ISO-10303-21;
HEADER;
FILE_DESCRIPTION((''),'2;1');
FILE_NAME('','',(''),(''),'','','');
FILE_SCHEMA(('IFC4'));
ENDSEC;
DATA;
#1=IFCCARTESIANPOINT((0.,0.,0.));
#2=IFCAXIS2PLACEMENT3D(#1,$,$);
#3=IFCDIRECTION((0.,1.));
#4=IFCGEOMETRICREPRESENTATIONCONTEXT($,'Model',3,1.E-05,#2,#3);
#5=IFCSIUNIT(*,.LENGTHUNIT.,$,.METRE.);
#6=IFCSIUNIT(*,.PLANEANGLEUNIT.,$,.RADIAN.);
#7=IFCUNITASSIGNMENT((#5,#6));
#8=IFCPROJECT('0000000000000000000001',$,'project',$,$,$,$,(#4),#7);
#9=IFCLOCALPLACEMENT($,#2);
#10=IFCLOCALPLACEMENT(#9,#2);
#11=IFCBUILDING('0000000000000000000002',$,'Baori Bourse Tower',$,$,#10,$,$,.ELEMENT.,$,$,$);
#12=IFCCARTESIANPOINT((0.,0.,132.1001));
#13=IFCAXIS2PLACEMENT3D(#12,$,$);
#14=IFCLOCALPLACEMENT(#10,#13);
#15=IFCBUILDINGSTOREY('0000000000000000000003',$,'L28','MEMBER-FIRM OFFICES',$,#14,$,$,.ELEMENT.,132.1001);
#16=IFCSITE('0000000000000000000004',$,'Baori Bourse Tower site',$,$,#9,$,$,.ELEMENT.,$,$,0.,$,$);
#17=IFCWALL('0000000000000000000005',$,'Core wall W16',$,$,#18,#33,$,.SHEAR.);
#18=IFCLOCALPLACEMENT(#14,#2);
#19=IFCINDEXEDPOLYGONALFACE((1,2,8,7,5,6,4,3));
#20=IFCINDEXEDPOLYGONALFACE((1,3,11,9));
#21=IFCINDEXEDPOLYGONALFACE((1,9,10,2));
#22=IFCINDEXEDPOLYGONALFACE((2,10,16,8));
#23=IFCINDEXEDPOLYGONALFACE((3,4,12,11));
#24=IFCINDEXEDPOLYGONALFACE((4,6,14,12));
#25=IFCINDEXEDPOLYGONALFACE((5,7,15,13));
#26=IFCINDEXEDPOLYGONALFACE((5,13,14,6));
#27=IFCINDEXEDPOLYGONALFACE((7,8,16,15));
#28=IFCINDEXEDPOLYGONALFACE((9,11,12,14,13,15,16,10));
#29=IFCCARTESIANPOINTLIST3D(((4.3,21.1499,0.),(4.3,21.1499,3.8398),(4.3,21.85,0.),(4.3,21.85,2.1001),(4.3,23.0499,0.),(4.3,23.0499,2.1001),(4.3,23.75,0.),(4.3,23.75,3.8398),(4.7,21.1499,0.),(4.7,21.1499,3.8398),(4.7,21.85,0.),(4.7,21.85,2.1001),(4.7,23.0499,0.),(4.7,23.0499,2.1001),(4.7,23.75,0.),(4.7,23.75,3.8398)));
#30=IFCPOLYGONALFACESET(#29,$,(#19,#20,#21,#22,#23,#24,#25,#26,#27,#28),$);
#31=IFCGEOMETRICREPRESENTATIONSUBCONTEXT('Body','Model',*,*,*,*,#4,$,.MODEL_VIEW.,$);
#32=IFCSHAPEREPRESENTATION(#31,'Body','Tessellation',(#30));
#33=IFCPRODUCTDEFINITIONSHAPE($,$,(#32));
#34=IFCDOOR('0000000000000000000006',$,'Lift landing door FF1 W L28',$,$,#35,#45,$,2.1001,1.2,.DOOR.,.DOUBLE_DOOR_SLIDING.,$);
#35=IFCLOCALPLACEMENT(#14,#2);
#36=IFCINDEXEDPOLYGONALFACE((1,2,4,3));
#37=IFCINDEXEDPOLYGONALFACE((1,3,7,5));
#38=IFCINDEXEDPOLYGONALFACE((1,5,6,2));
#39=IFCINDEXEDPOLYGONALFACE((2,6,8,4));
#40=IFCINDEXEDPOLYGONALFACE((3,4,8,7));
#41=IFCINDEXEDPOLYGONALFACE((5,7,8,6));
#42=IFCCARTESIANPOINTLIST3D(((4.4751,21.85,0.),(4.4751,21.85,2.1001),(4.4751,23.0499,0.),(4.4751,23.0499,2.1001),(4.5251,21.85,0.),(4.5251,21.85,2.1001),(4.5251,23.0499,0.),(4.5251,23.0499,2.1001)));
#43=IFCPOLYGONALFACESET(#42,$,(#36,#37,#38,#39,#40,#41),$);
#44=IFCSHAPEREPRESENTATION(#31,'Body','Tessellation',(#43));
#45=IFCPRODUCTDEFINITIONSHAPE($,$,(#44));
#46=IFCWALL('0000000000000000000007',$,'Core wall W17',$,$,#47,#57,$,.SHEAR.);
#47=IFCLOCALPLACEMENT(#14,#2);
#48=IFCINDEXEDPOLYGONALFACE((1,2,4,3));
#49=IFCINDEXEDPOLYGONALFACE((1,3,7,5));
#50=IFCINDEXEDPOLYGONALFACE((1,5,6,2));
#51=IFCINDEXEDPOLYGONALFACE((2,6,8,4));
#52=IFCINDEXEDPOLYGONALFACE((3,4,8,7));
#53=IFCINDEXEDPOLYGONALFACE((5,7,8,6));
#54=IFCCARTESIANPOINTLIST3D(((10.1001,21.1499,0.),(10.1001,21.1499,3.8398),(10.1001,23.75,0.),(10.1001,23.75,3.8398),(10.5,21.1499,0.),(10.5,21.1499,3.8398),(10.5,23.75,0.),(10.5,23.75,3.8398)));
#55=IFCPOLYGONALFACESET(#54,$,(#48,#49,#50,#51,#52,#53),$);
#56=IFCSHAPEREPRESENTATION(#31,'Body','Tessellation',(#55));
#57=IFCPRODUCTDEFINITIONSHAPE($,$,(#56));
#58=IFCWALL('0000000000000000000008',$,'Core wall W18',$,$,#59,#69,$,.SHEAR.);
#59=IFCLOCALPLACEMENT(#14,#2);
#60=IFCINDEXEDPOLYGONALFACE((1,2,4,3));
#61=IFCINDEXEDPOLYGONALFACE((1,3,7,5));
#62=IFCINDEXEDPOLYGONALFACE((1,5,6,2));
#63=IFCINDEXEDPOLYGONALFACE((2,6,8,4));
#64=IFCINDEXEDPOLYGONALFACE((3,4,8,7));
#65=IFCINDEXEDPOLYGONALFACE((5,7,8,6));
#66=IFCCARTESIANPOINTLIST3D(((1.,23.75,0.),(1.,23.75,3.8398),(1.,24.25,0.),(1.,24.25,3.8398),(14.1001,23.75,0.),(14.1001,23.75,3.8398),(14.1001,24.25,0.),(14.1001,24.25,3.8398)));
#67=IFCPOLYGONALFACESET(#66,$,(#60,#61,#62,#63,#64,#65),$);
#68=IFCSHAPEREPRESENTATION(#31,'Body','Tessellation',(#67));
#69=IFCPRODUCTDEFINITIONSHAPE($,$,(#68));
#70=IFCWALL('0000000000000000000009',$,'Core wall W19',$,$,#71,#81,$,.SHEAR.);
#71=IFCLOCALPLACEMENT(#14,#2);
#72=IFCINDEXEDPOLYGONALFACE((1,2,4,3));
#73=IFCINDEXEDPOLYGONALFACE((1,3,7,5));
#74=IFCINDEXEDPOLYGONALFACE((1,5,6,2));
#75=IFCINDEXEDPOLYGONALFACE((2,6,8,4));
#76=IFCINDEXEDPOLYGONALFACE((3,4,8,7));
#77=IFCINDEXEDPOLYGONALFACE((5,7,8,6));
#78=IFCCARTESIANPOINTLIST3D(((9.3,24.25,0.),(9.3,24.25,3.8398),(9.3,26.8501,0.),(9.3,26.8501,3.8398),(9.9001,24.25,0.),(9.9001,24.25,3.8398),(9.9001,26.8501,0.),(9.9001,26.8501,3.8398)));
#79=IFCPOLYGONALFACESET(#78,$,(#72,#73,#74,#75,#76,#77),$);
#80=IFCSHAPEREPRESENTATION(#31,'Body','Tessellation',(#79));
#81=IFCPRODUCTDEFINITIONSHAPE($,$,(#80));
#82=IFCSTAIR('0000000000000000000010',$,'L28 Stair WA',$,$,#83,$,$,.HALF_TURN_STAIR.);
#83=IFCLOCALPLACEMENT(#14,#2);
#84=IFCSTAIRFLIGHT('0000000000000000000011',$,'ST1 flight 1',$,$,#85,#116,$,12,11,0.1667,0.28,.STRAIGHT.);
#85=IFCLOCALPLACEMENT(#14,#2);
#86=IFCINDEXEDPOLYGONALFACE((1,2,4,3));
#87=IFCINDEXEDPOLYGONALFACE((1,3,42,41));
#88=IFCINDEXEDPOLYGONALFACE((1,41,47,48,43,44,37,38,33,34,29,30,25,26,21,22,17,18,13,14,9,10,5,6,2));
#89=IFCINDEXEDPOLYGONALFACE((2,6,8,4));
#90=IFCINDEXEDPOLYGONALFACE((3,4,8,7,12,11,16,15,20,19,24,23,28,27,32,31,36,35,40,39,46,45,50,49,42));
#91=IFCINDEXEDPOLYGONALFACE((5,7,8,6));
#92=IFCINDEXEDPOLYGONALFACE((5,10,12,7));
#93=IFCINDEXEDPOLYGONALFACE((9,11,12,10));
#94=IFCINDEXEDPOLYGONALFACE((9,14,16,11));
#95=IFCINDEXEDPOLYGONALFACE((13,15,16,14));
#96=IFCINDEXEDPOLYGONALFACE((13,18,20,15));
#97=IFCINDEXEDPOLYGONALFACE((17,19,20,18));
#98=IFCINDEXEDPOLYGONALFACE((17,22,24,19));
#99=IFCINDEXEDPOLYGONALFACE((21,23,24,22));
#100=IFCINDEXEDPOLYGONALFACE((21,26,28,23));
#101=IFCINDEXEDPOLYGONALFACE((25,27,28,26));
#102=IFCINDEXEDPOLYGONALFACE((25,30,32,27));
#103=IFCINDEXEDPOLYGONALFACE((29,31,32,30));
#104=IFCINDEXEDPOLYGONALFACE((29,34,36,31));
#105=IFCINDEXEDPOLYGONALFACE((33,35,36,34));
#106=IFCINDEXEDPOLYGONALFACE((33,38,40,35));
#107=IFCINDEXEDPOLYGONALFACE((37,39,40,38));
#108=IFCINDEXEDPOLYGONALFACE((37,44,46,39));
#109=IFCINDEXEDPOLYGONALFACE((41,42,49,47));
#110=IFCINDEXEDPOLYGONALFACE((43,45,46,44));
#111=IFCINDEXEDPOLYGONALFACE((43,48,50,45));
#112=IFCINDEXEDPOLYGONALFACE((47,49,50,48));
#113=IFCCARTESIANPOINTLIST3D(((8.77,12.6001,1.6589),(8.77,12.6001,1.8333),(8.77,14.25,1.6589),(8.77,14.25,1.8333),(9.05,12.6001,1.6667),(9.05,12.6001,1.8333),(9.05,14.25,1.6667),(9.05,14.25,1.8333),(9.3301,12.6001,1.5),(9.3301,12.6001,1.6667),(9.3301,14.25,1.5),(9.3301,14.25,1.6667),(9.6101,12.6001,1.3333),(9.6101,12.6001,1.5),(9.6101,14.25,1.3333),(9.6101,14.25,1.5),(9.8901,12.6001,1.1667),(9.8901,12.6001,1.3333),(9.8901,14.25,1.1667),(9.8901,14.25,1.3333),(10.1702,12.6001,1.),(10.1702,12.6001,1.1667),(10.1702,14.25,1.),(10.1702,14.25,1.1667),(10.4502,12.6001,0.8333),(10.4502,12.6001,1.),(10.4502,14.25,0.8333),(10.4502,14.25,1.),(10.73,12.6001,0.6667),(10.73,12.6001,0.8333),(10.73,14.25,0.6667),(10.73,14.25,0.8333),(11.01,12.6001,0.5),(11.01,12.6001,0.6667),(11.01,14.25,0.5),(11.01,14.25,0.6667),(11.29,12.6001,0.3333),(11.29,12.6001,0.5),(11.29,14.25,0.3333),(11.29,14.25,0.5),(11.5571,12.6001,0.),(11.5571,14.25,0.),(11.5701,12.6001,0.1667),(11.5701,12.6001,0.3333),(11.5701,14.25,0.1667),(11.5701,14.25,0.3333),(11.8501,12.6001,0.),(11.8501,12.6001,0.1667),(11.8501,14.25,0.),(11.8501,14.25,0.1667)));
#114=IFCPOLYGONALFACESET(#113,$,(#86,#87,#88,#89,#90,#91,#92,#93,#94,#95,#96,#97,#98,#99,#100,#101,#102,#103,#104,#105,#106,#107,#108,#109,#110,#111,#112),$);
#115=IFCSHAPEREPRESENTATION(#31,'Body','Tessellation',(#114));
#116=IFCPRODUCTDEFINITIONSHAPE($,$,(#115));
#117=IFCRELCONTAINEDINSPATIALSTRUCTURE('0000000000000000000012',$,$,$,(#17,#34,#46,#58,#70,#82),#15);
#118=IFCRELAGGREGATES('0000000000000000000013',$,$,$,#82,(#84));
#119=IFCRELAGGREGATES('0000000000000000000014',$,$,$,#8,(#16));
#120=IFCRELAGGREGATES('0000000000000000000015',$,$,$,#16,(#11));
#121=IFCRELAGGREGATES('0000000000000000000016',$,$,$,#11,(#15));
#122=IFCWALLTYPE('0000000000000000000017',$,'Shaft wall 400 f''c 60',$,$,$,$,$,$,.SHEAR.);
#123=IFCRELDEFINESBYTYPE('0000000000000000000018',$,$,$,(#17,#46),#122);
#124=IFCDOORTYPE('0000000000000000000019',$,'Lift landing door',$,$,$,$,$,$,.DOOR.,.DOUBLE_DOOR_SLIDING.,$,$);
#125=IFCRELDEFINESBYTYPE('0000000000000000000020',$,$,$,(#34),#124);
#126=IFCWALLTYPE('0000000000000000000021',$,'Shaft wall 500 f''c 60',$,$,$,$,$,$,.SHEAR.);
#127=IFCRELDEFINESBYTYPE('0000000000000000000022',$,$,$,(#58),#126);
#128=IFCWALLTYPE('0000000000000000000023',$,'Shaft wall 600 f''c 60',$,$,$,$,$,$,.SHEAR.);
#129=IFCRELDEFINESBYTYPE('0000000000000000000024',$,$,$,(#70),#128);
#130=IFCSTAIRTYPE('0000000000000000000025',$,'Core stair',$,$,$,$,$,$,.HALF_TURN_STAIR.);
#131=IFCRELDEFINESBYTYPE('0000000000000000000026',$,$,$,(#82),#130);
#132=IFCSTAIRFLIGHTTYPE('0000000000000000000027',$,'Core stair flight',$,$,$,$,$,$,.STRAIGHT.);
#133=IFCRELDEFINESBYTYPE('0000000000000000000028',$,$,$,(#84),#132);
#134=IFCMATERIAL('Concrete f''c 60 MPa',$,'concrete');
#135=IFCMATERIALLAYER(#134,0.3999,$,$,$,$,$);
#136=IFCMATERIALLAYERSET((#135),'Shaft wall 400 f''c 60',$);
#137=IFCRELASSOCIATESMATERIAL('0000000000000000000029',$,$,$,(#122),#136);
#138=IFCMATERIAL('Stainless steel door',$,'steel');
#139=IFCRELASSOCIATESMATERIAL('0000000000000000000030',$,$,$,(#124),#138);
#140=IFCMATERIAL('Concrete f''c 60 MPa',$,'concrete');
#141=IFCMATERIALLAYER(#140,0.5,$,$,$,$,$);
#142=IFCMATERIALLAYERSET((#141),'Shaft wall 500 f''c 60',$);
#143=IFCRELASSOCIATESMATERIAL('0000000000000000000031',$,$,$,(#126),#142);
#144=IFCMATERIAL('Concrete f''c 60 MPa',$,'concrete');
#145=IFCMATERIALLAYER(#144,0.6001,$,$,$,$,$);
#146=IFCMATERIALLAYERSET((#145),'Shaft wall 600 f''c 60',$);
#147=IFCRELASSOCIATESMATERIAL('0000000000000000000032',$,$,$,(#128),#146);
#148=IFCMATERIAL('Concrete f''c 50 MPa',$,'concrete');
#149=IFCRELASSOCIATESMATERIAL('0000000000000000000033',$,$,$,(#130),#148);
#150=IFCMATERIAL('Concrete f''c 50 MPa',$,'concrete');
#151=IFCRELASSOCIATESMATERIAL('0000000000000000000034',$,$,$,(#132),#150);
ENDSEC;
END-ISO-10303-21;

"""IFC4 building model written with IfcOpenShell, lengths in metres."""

from ifc_helpers import new_model, si_unit, direction, frame, frame_2d, origin, place, context, subcontext, project, spatial, polyline, rectangle, outline, extrude, material, layer, layer_set, type_object, element, fill, aggregate, save


model = new_model("IFC4")

# Units and contexts
model_context = context("Model", 3, precision=1e-05, world=origin(), true_north=direction((0.0, 1.0)))
body_context = subcontext(model_context, "Body", "Model", "MODEL_VIEW")
ifc_project = project(units=[si_unit("LENGTHUNIT", "METRE"), si_unit("PLANEANGLEUNIT", "RADIAN")], contexts=[model_context])

# Site, building, storey
site_placement = place(None, origin())
site = spatial("IfcSite", under=ifc_project, at=site_placement, Name="Baori Bourse Tower site", CompositionType="ELEMENT", RefElevation=0.0)
building_placement = place(site_placement, origin())
building = spatial("IfcBuilding", under=site, at=building_placement, Name="Baori Bourse Tower", CompositionType="ELEMENT")
storey_placement = place(building_placement, frame((0.0, 0.0, 132.1001)))
storey = spatial("IfcBuildingStorey", under=building, at=storey_placement, Name="L28", Description="MEMBER-FIRM OFFICES", CompositionType="ELEMENT", Elevation=132.1001)

# Shared definitions
ifc_material_1 = material(Name="Concrete f'c 60 MPa", Category="concrete")
ifc_layer_1 = layer(ifc_material_1, 0.3999)
ifc_layer_set_1 = layer_set([ifc_layer_1], Name="Shaft wall 400 f'c 60")
wall_type_1 = type_object("IfcWallType", Name="Shaft wall 400 f'c 60", PredefinedType="SHEAR", material=ifc_layer_set_1)

# Wall, opening, door
wall_1_placement = place(storey_placement, frame((4.5, 21.1499, 0.0), z_axis=(0.0, 0.0, 1.0), x_axis=(0.0, 1.0, 0.0)))
wall_1 = element("IfcWall", 1, at=wall_1_placement, inside=storey, type_object=wall_type_1, Name="Core wall W16", PredefinedType="SHEAR", context=body_context, shape_type="SweptSolid", body=[
    extrude(rectangle(XDim=2.6001, YDim=0.3999, at=frame_2d((1.3, 0.0))), origin(), (0.0, 0.0, 1.0), 3.8398),
])
opening_1_placement = place(wall_1_placement, frame((0.7, 0.0, 0.0)))
opening_1 = element("IfcOpeningElement", 2, at=opening_1_placement, cuts=wall_1, PredefinedType="OPENING", context=body_context, shape_type="SweptSolid", body=[
    extrude(rectangle(XDim=1.2, YDim=2.1001, at=frame_2d((0.6001, 1.05))), frame((0.0, 0.21, 0.0), z_axis=(0.0, -1.0, 0.0), x_axis=(1.0, 0.0, 0.0)), (0.0, 0.0, 1.0), 0.4199),
])
ifc_material_2 = material(Name="Stainless steel door", Category="steel")
door_type_1 = type_object("IfcDoorType", Name="Lift landing door", OperationType="DOUBLE_DOOR_SLIDING", PredefinedType="DOOR", material=ifc_material_2)
door_1_placement = place(opening_1_placement, origin())
door_1 = element("IfcDoor", 3, at=door_1_placement, inside=storey, type_object=door_type_1, Name="Lift landing door FF1 W L28", OperationType="DOUBLE_DOOR_SLIDING", OverallHeight=2.1001, OverallWidth=1.2, PredefinedType="DOOR", context=body_context, shape_type="SweptSolid", body=[
    extrude(rectangle(XDim=1.2, YDim=2.1001, at=frame_2d((0.6001, 1.05))), frame((0.0, 0.0249, 0.0), z_axis=(0.0, -1.0, 0.0), x_axis=(1.0, 0.0, 0.0)), (0.0, 0.0, 1.0), 0.05),
])
fill(opening_1, door_1)

# Walls
wall_2_placement = place(storey_placement, frame((10.3, 21.1499, 0.0), z_axis=(0.0, 0.0, 1.0), x_axis=(0.0, 1.0, 0.0)))
element("IfcWall", 4, at=wall_2_placement, inside=storey, type_object=wall_type_1, Name="Core wall W17", PredefinedType="SHEAR", context=body_context, shape_type="SweptSolid", body=[
    extrude(rectangle(XDim=2.6001, YDim=0.3999, at=frame_2d((1.3, 0.0))), origin(), (0.0, 0.0, 1.0), 3.8398),
])
ifc_material_3 = material(Name="Concrete f'c 60 MPa", Category="concrete")
ifc_layer_2 = layer(ifc_material_3, 0.5)
ifc_layer_set_2 = layer_set([ifc_layer_2], Name="Shaft wall 500 f'c 60")
wall_type_2 = type_object("IfcWallType", Name="Shaft wall 500 f'c 60", PredefinedType="SHEAR", material=ifc_layer_set_2)
wall_3_placement = place(storey_placement, frame((1.0, 24.0, 0.0), z_axis=(0.0, 0.0, 1.0), x_axis=(1.0, 0.0, 0.0)))
element("IfcWall", 5, at=wall_3_placement, inside=storey, type_object=wall_type_2, Name="Core wall W18", PredefinedType="SHEAR", context=body_context, shape_type="SweptSolid", body=[
    extrude(rectangle(XDim=13.1001, YDim=0.5, at=frame_2d((6.55, 0.0))), origin(), (0.0, 0.0, 1.0), 3.8398),
])
ifc_material_4 = material(Name="Concrete f'c 60 MPa", Category="concrete")
ifc_layer_3 = layer(ifc_material_4, 0.6001)
ifc_layer_set_3 = layer_set([ifc_layer_3], Name="Shaft wall 600 f'c 60")
wall_type_3 = type_object("IfcWallType", Name="Shaft wall 600 f'c 60", PredefinedType="SHEAR", material=ifc_layer_set_3)
wall_4_placement = place(storey_placement, frame((9.6001, 24.25, 0.0), z_axis=(0.0, 0.0, 1.0), x_axis=(0.0, 1.0, 0.0)))
element("IfcWall", 6, at=wall_4_placement, inside=storey, type_object=wall_type_3, Name="Core wall W19", PredefinedType="SHEAR", context=body_context, shape_type="SweptSolid", body=[
    extrude(rectangle(XDim=2.6001, YDim=0.6001, at=frame_2d((1.3, 0.0))), origin(), (0.0, 0.0, 1.0), 3.8398),
])

# Stair, stair flight
ifc_material_5 = material(Name="Concrete f'c 50 MPa", Category="concrete")
stair_type = type_object("IfcStairType", Name="Core stair", PredefinedType="HALF_TURN_STAIR", material=ifc_material_5)
stair_placement = place(storey_placement, origin())
stair = element("IfcStair", 7, at=stair_placement, inside=storey, type_object=stair_type, Name="L28 Stair WA", PredefinedType="HALF_TURN_STAIR")
ifc_material_6 = material(Name="Concrete f'c 50 MPa", Category="concrete")
stair_flight_type = type_object("IfcStairFlightType", Name="Core stair flight", PredefinedType="STRAIGHT", material=ifc_material_6)
stair_flight_placement = place(storey_placement, frame((11.8501, 13.425, 0.0), z_axis=(0.0, 0.0, 1.0), x_axis=(-1.0, 0.0, 0.0)))
stair_flight = element("IfcStairFlight", 8, at=stair_flight_placement, type_object=stair_flight_type, Name="ST1 flight 1", NumberOfRisers=12, NumberOfTreads=11, PredefinedType="STRAIGHT", RiserHeight=0.1667, TreadLength=0.28, context=body_context, shape_type="SweptSolid", body=[
    extrude(outline(polyline([(0.0, 0.0), (0.0, 0.1667), (0.28, 0.1667), (0.28, 0.3333), (0.5601, 0.3333), (0.5601, 0.5), (0.8401, 0.5), (0.8401, 0.6667), (1.1201, 0.6667), (1.1201, 0.8333), (1.3999, 0.8333), (1.3999, 1.0), (1.6799, 1.0), (1.6799, 1.1667), (1.96, 1.1667), (1.96, 1.3333), (2.24, 1.3333), (2.24, 1.5), (2.52, 1.5), (2.52, 1.6667), (2.8, 1.6667), (2.8, 1.8333), (3.0801, 1.8333), (3.0801, 2.0), (3.0801, 1.6589), (0.293, 0.0), (0.0, 0.0)])), frame((0.0, 0.825, 0.0), z_axis=(0.0, -1.0, 0.0), x_axis=(1.0, 0.0, 0.0)), (0.0, 0.0, 1.0), 1.6499),
])
aggregate(stair, [stair_flight])

save(model, "model.ifc")
